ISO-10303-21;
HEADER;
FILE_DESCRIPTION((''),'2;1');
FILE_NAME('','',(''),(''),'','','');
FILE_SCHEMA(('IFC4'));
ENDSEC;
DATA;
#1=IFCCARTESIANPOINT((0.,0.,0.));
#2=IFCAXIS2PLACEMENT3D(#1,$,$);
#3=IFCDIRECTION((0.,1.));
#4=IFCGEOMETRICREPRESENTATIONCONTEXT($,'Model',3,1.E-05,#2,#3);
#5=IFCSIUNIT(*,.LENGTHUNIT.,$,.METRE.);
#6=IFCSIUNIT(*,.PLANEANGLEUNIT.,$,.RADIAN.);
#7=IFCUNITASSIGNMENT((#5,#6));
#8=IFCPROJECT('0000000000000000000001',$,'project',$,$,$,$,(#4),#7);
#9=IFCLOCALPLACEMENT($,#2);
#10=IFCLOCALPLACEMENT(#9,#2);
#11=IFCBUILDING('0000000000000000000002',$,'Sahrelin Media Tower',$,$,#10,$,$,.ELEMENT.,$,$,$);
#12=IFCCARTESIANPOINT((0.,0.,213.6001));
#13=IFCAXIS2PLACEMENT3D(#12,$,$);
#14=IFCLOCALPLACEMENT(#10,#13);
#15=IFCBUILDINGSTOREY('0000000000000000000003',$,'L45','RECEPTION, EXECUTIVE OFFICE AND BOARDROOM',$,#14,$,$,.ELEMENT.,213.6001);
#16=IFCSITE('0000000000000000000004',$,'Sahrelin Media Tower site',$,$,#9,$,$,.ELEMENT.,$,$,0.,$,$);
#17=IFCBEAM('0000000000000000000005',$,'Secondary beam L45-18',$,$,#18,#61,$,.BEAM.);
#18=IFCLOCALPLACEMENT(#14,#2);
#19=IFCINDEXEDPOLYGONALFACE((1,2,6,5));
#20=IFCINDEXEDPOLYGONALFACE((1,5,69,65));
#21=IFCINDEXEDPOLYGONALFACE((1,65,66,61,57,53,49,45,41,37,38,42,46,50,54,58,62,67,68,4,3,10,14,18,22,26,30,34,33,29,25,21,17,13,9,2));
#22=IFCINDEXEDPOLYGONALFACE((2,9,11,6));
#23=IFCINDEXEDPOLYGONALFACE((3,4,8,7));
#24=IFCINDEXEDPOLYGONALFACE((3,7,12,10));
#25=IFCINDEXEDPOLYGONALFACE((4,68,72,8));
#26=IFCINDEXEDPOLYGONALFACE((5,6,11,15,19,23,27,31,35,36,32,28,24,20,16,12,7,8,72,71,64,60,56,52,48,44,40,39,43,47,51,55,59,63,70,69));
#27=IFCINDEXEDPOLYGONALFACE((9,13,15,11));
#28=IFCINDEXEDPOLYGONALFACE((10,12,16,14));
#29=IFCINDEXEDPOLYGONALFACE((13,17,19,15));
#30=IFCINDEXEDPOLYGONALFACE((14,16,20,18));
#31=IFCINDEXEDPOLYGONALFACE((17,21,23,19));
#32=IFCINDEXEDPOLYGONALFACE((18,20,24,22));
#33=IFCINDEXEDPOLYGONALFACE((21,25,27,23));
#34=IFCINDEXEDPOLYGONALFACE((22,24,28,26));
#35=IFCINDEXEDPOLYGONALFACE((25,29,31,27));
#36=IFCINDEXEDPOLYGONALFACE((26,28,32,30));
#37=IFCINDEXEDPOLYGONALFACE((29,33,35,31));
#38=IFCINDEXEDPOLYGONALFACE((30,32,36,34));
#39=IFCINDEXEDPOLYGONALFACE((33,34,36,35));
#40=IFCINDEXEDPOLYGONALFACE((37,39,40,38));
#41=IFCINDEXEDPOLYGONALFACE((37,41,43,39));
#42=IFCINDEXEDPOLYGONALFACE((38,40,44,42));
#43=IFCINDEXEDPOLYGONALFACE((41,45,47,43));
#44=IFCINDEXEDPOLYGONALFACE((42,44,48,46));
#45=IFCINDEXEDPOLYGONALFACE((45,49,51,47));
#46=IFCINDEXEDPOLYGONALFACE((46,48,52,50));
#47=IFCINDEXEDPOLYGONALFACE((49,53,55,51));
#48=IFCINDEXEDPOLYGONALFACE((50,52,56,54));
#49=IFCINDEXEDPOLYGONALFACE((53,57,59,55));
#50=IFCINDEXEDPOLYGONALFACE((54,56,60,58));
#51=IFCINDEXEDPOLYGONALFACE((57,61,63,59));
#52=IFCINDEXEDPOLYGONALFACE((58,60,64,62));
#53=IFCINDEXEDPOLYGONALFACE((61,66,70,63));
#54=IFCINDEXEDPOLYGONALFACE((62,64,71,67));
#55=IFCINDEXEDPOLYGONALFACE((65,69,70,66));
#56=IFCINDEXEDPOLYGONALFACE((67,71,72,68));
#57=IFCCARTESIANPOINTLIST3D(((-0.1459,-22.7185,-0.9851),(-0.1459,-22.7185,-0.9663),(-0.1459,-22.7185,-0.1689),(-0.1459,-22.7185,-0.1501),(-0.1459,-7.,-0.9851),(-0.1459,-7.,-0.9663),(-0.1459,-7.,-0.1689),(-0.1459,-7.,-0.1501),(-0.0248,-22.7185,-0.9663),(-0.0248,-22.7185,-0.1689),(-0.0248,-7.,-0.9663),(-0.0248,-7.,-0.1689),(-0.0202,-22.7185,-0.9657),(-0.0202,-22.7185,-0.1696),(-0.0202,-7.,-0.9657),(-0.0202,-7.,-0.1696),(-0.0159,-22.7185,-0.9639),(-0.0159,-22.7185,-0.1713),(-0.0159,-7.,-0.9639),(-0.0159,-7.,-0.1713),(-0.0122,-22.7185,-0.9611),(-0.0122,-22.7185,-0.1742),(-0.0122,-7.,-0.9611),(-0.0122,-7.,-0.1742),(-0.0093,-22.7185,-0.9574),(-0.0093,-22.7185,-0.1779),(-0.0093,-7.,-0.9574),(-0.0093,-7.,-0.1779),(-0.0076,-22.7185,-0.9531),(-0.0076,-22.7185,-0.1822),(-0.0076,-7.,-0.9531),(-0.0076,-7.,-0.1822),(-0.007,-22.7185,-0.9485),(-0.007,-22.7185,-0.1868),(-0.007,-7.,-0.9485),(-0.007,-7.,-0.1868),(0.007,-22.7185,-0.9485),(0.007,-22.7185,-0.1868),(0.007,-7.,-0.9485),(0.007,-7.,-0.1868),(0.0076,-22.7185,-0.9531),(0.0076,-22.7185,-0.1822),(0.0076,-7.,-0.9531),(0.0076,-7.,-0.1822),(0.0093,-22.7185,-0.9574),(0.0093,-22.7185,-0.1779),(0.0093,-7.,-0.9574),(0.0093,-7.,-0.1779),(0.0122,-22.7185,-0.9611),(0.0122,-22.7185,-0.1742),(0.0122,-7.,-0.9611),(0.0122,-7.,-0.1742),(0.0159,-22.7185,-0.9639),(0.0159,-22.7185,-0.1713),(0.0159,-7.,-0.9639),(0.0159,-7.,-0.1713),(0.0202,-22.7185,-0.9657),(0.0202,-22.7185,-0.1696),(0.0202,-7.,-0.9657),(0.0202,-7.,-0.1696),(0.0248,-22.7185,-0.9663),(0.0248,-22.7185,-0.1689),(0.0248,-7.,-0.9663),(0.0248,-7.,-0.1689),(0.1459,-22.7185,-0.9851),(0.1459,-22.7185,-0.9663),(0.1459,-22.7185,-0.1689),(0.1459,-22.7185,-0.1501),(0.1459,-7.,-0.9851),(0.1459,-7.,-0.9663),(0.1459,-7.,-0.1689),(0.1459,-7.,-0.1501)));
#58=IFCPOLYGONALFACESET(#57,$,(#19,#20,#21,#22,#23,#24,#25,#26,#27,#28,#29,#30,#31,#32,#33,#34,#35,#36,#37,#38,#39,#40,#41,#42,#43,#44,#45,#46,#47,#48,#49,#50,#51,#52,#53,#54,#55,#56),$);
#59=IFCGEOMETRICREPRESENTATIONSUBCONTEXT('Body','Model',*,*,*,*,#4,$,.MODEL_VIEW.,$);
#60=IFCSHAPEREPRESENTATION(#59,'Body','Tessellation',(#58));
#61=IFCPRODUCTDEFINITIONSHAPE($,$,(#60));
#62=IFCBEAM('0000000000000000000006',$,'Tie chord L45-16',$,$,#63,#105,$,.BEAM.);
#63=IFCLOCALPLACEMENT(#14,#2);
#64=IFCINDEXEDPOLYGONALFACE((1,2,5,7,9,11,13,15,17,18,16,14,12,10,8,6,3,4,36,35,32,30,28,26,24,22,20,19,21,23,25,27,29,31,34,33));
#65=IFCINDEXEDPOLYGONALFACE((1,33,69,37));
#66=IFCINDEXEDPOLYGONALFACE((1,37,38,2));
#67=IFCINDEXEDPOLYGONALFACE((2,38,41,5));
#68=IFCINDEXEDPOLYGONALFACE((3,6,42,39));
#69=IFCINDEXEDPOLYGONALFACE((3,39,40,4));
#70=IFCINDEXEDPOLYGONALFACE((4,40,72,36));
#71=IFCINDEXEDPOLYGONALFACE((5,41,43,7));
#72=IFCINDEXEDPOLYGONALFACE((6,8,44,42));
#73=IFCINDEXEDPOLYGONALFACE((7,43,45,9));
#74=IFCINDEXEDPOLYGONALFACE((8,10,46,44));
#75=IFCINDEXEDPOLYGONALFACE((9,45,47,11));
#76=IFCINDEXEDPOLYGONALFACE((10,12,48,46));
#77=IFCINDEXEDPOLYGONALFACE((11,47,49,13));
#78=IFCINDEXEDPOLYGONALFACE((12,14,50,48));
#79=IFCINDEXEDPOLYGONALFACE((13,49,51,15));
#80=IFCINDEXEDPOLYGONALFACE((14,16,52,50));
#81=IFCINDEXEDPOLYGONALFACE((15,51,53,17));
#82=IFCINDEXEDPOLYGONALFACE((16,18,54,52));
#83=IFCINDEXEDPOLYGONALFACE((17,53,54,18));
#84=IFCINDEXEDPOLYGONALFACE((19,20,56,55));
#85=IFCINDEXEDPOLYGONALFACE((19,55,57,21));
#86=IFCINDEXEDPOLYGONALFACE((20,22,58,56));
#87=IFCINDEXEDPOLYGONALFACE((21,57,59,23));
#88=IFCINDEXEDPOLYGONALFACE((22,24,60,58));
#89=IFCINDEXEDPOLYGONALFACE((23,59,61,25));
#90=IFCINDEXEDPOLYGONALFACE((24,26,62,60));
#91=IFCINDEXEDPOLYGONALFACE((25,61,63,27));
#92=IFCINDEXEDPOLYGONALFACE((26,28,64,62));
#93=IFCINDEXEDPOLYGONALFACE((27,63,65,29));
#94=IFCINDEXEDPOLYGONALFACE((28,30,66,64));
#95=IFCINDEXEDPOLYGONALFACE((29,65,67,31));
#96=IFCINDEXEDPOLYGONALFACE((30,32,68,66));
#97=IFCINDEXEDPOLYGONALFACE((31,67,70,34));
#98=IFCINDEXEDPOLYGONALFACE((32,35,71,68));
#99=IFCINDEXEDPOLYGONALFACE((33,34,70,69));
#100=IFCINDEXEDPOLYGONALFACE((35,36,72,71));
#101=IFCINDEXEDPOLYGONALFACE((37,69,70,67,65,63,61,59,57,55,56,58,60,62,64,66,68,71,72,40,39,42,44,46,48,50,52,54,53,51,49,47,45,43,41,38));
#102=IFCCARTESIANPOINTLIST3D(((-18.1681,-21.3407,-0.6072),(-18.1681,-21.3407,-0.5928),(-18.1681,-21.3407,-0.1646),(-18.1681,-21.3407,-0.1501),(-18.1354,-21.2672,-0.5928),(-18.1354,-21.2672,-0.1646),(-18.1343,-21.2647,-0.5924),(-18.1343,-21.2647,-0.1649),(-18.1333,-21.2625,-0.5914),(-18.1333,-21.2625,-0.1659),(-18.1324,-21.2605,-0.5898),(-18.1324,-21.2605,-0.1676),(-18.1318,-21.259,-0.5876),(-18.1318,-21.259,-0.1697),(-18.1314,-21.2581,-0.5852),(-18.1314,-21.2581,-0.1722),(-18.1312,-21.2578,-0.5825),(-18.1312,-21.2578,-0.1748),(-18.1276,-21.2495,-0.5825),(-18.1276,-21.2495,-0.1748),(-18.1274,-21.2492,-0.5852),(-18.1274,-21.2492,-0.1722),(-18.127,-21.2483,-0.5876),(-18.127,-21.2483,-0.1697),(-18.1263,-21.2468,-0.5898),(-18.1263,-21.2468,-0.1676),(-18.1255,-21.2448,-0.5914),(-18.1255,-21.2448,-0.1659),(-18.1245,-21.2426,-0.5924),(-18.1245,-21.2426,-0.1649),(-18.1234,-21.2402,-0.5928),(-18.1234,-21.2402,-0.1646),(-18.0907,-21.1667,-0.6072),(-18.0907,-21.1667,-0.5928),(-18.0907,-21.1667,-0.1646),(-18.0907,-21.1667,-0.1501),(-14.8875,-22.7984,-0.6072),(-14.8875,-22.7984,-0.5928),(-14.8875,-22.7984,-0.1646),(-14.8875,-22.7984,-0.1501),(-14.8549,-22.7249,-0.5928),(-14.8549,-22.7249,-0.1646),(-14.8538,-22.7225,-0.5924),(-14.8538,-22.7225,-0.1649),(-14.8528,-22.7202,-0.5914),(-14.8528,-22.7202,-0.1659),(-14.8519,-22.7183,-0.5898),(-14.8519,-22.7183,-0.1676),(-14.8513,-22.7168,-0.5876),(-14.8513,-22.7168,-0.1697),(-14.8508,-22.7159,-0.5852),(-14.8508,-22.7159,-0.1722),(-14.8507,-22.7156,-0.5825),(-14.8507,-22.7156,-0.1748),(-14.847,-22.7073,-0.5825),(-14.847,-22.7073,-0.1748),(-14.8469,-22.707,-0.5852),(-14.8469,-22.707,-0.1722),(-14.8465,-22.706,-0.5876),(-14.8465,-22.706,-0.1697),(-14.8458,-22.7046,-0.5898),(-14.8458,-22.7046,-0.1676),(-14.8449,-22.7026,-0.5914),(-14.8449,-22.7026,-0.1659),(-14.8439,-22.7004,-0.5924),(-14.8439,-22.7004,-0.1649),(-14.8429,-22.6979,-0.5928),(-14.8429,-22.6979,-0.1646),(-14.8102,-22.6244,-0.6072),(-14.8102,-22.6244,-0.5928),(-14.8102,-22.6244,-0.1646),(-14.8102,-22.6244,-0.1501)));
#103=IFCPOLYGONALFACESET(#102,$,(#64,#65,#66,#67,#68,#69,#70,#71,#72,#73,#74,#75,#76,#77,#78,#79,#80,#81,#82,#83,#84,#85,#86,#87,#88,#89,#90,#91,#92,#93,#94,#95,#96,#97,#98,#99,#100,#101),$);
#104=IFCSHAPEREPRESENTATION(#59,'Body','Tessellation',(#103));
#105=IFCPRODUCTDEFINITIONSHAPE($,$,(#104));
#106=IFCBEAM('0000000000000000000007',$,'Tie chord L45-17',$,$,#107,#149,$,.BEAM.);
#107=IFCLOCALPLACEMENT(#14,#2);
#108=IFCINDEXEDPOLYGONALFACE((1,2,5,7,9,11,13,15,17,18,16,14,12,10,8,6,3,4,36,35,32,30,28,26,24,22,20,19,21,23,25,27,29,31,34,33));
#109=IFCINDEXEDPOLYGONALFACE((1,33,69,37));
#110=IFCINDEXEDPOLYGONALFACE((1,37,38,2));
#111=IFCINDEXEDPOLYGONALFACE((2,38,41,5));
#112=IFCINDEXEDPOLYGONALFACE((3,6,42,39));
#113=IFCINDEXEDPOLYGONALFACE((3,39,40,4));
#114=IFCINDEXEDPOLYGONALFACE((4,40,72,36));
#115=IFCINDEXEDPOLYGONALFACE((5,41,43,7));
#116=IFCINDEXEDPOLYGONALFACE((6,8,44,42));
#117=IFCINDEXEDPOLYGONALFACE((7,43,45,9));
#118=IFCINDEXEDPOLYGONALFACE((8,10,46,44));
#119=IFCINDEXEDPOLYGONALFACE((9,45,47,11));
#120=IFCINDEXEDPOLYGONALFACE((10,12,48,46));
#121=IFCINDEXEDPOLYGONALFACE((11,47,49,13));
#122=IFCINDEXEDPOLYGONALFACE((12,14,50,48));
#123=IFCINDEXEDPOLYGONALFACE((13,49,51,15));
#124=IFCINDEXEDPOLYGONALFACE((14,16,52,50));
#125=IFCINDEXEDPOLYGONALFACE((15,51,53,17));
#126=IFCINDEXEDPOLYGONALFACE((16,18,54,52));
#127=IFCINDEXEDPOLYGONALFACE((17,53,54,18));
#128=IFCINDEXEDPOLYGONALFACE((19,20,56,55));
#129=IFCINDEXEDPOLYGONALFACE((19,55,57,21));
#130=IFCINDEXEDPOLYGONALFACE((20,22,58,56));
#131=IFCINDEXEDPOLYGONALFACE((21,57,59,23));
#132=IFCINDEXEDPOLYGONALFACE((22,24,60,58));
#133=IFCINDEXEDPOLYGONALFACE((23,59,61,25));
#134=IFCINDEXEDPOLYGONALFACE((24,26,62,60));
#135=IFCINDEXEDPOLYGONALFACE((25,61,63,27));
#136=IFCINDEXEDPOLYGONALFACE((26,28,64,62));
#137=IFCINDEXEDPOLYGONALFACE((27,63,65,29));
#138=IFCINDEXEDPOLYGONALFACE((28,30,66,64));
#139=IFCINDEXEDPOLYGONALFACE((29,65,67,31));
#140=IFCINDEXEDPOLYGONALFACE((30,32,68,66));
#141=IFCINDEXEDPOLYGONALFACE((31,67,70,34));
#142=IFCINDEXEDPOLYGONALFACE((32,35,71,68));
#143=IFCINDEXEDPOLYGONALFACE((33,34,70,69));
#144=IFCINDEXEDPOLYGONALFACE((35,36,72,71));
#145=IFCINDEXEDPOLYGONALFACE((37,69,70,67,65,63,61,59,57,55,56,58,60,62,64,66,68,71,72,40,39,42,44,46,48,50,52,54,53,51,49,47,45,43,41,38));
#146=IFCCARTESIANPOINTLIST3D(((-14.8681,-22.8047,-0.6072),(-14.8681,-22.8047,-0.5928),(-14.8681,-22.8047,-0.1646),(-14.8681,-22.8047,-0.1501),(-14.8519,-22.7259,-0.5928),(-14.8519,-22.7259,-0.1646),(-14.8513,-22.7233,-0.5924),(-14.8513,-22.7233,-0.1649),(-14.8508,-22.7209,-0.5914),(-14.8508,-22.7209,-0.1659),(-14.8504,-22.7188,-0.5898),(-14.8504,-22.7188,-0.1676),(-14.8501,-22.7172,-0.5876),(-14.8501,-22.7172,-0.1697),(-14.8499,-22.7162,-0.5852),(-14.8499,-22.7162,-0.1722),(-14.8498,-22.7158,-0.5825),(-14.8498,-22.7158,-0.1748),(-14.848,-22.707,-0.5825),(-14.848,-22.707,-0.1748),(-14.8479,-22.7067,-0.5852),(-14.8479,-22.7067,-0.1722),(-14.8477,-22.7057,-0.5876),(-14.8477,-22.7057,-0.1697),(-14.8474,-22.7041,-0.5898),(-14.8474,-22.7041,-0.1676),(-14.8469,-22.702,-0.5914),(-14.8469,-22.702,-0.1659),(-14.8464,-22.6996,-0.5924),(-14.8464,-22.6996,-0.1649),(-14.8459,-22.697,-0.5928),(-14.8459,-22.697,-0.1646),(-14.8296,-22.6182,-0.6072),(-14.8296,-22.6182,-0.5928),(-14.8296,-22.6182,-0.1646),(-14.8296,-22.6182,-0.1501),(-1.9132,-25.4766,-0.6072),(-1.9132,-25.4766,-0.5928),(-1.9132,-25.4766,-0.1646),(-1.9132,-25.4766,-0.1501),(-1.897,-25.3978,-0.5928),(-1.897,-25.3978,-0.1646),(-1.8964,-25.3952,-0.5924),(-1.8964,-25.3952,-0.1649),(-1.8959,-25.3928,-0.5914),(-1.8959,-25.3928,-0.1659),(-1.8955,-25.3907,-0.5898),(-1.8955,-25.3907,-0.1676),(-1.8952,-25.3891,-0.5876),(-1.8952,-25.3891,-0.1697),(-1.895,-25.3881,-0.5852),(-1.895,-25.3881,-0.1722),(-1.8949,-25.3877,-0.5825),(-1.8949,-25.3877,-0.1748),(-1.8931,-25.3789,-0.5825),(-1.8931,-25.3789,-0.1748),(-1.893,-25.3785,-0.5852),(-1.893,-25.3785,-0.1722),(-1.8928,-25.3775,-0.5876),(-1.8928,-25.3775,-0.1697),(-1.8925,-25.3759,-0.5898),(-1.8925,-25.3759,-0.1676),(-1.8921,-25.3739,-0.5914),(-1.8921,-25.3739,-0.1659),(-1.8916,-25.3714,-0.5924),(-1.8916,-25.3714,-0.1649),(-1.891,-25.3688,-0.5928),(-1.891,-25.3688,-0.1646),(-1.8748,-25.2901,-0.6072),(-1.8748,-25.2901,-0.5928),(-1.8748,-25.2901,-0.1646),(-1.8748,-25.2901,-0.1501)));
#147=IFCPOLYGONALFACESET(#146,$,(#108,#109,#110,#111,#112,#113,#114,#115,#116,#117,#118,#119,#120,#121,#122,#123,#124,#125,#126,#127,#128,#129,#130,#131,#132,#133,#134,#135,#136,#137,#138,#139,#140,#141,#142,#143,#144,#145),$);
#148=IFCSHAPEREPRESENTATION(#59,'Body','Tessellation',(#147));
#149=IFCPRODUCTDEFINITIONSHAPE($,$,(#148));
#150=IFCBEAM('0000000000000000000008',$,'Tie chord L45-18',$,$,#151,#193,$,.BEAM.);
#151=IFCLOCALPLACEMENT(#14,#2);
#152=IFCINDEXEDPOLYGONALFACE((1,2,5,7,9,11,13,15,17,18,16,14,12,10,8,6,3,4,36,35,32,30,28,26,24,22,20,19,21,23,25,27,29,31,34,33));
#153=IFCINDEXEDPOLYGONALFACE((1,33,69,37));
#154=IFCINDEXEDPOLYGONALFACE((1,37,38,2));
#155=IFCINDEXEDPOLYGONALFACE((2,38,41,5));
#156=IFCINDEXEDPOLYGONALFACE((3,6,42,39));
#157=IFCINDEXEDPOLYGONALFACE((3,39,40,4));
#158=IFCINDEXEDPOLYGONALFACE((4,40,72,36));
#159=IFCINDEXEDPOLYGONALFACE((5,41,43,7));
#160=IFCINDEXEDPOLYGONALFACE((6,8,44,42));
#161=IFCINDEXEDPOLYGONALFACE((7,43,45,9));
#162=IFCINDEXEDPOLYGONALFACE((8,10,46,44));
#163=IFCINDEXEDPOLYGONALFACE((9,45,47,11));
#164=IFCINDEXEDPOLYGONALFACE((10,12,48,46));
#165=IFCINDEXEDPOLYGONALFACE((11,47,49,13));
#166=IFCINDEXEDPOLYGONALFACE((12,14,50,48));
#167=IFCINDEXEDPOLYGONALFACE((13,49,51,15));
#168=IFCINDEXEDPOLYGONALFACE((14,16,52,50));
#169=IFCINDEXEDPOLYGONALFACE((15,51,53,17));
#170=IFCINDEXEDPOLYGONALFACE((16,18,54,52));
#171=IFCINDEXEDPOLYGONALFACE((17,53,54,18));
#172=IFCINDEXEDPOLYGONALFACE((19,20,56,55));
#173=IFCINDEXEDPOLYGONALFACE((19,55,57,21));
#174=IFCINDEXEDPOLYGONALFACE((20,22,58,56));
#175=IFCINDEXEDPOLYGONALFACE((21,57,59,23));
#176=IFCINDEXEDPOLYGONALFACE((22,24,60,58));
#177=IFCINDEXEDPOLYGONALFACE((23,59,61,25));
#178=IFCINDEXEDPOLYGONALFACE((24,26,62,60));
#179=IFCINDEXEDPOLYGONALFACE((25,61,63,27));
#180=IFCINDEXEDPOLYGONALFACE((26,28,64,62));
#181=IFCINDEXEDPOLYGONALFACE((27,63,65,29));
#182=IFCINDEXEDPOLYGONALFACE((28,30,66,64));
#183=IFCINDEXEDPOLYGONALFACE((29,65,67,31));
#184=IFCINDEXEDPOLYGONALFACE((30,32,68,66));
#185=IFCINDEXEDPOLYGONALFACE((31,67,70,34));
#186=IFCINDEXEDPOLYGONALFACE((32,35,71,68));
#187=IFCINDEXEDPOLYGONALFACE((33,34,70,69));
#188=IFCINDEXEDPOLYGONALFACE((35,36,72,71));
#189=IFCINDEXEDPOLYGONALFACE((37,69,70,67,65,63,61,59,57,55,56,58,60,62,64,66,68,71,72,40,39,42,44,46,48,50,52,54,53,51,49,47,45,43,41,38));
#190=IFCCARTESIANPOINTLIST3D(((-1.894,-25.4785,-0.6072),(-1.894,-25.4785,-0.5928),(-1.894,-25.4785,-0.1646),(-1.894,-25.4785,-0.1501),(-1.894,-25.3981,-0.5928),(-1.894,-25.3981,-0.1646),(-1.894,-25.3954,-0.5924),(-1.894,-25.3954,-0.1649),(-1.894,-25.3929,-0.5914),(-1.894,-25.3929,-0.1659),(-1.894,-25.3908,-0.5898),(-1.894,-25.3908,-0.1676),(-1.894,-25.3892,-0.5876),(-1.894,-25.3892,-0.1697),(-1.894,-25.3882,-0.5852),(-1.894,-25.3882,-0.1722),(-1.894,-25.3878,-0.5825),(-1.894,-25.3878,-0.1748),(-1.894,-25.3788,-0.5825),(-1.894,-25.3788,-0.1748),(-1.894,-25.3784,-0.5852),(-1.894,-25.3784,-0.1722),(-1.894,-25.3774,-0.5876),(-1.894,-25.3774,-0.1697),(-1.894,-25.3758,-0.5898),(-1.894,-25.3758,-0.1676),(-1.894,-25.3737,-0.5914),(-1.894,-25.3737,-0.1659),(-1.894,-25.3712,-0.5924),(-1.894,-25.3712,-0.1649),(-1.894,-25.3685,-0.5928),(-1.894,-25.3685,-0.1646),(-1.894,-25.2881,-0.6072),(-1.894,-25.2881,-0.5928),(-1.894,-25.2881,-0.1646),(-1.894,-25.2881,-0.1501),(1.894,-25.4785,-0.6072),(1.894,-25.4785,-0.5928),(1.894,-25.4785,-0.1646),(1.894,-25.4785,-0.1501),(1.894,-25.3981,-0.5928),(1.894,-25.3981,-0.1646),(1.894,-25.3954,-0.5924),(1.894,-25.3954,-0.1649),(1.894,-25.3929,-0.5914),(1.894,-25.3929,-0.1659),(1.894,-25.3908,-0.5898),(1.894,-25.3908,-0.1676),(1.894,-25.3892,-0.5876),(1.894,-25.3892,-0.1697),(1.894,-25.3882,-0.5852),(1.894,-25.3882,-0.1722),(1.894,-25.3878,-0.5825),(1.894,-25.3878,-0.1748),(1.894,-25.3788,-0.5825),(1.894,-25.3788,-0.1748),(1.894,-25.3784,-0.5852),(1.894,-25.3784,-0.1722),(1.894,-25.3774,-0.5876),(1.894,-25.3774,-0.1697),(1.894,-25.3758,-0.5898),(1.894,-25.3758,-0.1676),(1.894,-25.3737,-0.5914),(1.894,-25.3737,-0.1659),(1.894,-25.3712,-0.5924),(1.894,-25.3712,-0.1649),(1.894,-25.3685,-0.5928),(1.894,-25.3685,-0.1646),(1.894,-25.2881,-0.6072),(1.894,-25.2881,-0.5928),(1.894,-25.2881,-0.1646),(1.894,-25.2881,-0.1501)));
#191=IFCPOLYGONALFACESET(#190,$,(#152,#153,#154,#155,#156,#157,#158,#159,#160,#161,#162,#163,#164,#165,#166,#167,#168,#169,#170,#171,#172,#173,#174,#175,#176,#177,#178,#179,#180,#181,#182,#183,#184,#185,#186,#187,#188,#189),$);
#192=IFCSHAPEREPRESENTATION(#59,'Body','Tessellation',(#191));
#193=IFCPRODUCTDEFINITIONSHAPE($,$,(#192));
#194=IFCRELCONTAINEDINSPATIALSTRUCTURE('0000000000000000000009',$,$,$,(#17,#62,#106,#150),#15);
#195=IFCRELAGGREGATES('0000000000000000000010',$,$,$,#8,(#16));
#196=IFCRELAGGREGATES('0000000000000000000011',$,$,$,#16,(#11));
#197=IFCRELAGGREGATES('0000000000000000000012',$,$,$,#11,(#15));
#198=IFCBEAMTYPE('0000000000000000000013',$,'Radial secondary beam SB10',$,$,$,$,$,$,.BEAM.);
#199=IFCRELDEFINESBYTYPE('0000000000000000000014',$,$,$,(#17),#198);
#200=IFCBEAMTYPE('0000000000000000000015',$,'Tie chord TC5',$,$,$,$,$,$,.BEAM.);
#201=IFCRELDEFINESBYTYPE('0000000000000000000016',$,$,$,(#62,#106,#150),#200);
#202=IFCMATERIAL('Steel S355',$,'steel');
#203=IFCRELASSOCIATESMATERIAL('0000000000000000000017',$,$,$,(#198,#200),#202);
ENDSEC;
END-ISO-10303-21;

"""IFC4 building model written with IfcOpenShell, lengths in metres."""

from ifc_helpers import new_model, si_unit, direction, frame, origin, origin_2d, place, context, subcontext, project, spatial, i_section, extrude, material, material_profile, profile_set, type_object, element, save


model = new_model("IFC4")

# Units and contexts
model_context = context("Model", 3, precision=1e-05, world=origin(), true_north=direction((0.0, 1.0)))
body_context = subcontext(model_context, "Body", "Model", "MODEL_VIEW")
ifc_project = project(units=[si_unit("LENGTHUNIT", "METRE"), si_unit("PLANEANGLEUNIT", "RADIAN")], contexts=[model_context])

# Site, building, storey
site_placement = place(None, origin())
site = spatial("IfcSite", under=ifc_project, at=site_placement, Name="Sahrelin Media Tower site", CompositionType="ELEMENT", RefElevation=0.0)
building_placement = place(site_placement, origin())
building = spatial("IfcBuilding", under=site, at=building_placement, Name="Sahrelin Media Tower", CompositionType="ELEMENT")
storey_placement = place(building_placement, frame((0.0, 0.0, 213.6001)))
storey = spatial("IfcBuildingStorey", under=building, at=storey_placement, Name="L45", Description="RECEPTION, EXECUTIVE OFFICE AND BOARDROOM", CompositionType="ELEMENT", Elevation=213.6001)

# Shared definitions
ifc_material_1 = material(Name="Steel S355", Category="steel")

# Beams
ifc_material_profile_1 = material_profile(ifc_material_1, i_section(OverallWidth=0.2917, OverallDepth=0.835, WebThickness=0.0139, FlangeThickness=0.0188, FilletRadius=0.0178, at=origin_2d()), Name="UB 838x292x176")
ifc_profile_set_1 = profile_set([ifc_material_profile_1], Name="Steel S355")
beam_type_1 = type_object("IfcBeamType", Name="Radial secondary beam SB10", PredefinedType="BEAM", material=ifc_profile_set_1)
beam_1_placement = place(storey_placement, frame((0.0, -7.0, -0.5676), z_axis=(0.0, -1.0, 0.0), x_axis=(1.0, 0.0, 0.0)))
element("IfcBeam", 1, at=beam_1_placement, inside=storey, type_object=beam_type_1, Name="Secondary beam L45-18", PredefinedType="BEAM", context=body_context, shape_type="SweptSolid", body=[
    extrude(i_section(OverallWidth=0.2917, OverallDepth=0.835, WebThickness=0.0139, FlangeThickness=0.0188, FilletRadius=0.0178, at=origin_2d()), origin(), (0.0, 0.0, 1.0), 15.7185),
])
ifc_material_profile_2 = material_profile(ifc_material_1, i_section(OverallWidth=0.1904, OverallDepth=0.457, WebThickness=0.009, FlangeThickness=0.0144, FilletRadius=0.0103, at=origin_2d()), Name="UB 457x191x74")
ifc_profile_set_2 = profile_set([ifc_material_profile_2], Name="Steel S355")
beam_type_2 = type_object("IfcBeamType", Name="Tie chord TC5", PredefinedType="BEAM", material=ifc_profile_set_2)
beam_2_placement = place(storey_placement, frame((-18.1294, -21.2537, -0.3787), z_axis=(0.913837, -0.406082, 0.0), x_axis=(0.406082, 0.913837, 0.0)))
element("IfcBeam", 2, at=beam_2_placement, inside=storey, type_object=beam_type_2, Name="Tie chord L45-16", PredefinedType="BEAM", context=body_context, shape_type="SweptSolid", body=[
    extrude(i_section(OverallWidth=0.1904, OverallDepth=0.457, WebThickness=0.009, FlangeThickness=0.0144, FilletRadius=0.0103, at=origin_2d()), origin(), (0.0, 0.0, 1.0), 3.5898),
])
beam_3_placement = place(storey_placement, frame((-14.8489, -22.7114, -0.3787), z_axis=(0.979387, -0.201994, 0.0), x_axis=(0.201994, 0.979387, 0.0)))
element("IfcBeam", 3, at=beam_3_placement, inside=storey, type_object=beam_type_2, Name="Tie chord L45-17", PredefinedType="BEAM", context=body_context, shape_type="SweptSolid", body=[
    extrude(i_section(OverallWidth=0.1904, OverallDepth=0.457, WebThickness=0.009, FlangeThickness=0.0144, FilletRadius=0.0103, at=origin_2d()), origin(), (0.0, 0.0, 1.0), 13.2275),
])
beam_4_placement = place(storey_placement, frame((-1.894, -25.3833, -0.3787), z_axis=(1.0, 0.0, 0.0), x_axis=(0.0, 1.0, 0.0)))
element("IfcBeam", 4, at=beam_4_placement, inside=storey, type_object=beam_type_2, Name="Tie chord L45-18", PredefinedType="BEAM", context=body_context, shape_type="SweptSolid", body=[
    extrude(i_section(OverallWidth=0.1904, OverallDepth=0.457, WebThickness=0.009, FlangeThickness=0.0144, FilletRadius=0.0103, at=origin_2d()), origin(), (0.0, 0.0, 1.0), 3.7881),
])

save(model, "model.ifc")
